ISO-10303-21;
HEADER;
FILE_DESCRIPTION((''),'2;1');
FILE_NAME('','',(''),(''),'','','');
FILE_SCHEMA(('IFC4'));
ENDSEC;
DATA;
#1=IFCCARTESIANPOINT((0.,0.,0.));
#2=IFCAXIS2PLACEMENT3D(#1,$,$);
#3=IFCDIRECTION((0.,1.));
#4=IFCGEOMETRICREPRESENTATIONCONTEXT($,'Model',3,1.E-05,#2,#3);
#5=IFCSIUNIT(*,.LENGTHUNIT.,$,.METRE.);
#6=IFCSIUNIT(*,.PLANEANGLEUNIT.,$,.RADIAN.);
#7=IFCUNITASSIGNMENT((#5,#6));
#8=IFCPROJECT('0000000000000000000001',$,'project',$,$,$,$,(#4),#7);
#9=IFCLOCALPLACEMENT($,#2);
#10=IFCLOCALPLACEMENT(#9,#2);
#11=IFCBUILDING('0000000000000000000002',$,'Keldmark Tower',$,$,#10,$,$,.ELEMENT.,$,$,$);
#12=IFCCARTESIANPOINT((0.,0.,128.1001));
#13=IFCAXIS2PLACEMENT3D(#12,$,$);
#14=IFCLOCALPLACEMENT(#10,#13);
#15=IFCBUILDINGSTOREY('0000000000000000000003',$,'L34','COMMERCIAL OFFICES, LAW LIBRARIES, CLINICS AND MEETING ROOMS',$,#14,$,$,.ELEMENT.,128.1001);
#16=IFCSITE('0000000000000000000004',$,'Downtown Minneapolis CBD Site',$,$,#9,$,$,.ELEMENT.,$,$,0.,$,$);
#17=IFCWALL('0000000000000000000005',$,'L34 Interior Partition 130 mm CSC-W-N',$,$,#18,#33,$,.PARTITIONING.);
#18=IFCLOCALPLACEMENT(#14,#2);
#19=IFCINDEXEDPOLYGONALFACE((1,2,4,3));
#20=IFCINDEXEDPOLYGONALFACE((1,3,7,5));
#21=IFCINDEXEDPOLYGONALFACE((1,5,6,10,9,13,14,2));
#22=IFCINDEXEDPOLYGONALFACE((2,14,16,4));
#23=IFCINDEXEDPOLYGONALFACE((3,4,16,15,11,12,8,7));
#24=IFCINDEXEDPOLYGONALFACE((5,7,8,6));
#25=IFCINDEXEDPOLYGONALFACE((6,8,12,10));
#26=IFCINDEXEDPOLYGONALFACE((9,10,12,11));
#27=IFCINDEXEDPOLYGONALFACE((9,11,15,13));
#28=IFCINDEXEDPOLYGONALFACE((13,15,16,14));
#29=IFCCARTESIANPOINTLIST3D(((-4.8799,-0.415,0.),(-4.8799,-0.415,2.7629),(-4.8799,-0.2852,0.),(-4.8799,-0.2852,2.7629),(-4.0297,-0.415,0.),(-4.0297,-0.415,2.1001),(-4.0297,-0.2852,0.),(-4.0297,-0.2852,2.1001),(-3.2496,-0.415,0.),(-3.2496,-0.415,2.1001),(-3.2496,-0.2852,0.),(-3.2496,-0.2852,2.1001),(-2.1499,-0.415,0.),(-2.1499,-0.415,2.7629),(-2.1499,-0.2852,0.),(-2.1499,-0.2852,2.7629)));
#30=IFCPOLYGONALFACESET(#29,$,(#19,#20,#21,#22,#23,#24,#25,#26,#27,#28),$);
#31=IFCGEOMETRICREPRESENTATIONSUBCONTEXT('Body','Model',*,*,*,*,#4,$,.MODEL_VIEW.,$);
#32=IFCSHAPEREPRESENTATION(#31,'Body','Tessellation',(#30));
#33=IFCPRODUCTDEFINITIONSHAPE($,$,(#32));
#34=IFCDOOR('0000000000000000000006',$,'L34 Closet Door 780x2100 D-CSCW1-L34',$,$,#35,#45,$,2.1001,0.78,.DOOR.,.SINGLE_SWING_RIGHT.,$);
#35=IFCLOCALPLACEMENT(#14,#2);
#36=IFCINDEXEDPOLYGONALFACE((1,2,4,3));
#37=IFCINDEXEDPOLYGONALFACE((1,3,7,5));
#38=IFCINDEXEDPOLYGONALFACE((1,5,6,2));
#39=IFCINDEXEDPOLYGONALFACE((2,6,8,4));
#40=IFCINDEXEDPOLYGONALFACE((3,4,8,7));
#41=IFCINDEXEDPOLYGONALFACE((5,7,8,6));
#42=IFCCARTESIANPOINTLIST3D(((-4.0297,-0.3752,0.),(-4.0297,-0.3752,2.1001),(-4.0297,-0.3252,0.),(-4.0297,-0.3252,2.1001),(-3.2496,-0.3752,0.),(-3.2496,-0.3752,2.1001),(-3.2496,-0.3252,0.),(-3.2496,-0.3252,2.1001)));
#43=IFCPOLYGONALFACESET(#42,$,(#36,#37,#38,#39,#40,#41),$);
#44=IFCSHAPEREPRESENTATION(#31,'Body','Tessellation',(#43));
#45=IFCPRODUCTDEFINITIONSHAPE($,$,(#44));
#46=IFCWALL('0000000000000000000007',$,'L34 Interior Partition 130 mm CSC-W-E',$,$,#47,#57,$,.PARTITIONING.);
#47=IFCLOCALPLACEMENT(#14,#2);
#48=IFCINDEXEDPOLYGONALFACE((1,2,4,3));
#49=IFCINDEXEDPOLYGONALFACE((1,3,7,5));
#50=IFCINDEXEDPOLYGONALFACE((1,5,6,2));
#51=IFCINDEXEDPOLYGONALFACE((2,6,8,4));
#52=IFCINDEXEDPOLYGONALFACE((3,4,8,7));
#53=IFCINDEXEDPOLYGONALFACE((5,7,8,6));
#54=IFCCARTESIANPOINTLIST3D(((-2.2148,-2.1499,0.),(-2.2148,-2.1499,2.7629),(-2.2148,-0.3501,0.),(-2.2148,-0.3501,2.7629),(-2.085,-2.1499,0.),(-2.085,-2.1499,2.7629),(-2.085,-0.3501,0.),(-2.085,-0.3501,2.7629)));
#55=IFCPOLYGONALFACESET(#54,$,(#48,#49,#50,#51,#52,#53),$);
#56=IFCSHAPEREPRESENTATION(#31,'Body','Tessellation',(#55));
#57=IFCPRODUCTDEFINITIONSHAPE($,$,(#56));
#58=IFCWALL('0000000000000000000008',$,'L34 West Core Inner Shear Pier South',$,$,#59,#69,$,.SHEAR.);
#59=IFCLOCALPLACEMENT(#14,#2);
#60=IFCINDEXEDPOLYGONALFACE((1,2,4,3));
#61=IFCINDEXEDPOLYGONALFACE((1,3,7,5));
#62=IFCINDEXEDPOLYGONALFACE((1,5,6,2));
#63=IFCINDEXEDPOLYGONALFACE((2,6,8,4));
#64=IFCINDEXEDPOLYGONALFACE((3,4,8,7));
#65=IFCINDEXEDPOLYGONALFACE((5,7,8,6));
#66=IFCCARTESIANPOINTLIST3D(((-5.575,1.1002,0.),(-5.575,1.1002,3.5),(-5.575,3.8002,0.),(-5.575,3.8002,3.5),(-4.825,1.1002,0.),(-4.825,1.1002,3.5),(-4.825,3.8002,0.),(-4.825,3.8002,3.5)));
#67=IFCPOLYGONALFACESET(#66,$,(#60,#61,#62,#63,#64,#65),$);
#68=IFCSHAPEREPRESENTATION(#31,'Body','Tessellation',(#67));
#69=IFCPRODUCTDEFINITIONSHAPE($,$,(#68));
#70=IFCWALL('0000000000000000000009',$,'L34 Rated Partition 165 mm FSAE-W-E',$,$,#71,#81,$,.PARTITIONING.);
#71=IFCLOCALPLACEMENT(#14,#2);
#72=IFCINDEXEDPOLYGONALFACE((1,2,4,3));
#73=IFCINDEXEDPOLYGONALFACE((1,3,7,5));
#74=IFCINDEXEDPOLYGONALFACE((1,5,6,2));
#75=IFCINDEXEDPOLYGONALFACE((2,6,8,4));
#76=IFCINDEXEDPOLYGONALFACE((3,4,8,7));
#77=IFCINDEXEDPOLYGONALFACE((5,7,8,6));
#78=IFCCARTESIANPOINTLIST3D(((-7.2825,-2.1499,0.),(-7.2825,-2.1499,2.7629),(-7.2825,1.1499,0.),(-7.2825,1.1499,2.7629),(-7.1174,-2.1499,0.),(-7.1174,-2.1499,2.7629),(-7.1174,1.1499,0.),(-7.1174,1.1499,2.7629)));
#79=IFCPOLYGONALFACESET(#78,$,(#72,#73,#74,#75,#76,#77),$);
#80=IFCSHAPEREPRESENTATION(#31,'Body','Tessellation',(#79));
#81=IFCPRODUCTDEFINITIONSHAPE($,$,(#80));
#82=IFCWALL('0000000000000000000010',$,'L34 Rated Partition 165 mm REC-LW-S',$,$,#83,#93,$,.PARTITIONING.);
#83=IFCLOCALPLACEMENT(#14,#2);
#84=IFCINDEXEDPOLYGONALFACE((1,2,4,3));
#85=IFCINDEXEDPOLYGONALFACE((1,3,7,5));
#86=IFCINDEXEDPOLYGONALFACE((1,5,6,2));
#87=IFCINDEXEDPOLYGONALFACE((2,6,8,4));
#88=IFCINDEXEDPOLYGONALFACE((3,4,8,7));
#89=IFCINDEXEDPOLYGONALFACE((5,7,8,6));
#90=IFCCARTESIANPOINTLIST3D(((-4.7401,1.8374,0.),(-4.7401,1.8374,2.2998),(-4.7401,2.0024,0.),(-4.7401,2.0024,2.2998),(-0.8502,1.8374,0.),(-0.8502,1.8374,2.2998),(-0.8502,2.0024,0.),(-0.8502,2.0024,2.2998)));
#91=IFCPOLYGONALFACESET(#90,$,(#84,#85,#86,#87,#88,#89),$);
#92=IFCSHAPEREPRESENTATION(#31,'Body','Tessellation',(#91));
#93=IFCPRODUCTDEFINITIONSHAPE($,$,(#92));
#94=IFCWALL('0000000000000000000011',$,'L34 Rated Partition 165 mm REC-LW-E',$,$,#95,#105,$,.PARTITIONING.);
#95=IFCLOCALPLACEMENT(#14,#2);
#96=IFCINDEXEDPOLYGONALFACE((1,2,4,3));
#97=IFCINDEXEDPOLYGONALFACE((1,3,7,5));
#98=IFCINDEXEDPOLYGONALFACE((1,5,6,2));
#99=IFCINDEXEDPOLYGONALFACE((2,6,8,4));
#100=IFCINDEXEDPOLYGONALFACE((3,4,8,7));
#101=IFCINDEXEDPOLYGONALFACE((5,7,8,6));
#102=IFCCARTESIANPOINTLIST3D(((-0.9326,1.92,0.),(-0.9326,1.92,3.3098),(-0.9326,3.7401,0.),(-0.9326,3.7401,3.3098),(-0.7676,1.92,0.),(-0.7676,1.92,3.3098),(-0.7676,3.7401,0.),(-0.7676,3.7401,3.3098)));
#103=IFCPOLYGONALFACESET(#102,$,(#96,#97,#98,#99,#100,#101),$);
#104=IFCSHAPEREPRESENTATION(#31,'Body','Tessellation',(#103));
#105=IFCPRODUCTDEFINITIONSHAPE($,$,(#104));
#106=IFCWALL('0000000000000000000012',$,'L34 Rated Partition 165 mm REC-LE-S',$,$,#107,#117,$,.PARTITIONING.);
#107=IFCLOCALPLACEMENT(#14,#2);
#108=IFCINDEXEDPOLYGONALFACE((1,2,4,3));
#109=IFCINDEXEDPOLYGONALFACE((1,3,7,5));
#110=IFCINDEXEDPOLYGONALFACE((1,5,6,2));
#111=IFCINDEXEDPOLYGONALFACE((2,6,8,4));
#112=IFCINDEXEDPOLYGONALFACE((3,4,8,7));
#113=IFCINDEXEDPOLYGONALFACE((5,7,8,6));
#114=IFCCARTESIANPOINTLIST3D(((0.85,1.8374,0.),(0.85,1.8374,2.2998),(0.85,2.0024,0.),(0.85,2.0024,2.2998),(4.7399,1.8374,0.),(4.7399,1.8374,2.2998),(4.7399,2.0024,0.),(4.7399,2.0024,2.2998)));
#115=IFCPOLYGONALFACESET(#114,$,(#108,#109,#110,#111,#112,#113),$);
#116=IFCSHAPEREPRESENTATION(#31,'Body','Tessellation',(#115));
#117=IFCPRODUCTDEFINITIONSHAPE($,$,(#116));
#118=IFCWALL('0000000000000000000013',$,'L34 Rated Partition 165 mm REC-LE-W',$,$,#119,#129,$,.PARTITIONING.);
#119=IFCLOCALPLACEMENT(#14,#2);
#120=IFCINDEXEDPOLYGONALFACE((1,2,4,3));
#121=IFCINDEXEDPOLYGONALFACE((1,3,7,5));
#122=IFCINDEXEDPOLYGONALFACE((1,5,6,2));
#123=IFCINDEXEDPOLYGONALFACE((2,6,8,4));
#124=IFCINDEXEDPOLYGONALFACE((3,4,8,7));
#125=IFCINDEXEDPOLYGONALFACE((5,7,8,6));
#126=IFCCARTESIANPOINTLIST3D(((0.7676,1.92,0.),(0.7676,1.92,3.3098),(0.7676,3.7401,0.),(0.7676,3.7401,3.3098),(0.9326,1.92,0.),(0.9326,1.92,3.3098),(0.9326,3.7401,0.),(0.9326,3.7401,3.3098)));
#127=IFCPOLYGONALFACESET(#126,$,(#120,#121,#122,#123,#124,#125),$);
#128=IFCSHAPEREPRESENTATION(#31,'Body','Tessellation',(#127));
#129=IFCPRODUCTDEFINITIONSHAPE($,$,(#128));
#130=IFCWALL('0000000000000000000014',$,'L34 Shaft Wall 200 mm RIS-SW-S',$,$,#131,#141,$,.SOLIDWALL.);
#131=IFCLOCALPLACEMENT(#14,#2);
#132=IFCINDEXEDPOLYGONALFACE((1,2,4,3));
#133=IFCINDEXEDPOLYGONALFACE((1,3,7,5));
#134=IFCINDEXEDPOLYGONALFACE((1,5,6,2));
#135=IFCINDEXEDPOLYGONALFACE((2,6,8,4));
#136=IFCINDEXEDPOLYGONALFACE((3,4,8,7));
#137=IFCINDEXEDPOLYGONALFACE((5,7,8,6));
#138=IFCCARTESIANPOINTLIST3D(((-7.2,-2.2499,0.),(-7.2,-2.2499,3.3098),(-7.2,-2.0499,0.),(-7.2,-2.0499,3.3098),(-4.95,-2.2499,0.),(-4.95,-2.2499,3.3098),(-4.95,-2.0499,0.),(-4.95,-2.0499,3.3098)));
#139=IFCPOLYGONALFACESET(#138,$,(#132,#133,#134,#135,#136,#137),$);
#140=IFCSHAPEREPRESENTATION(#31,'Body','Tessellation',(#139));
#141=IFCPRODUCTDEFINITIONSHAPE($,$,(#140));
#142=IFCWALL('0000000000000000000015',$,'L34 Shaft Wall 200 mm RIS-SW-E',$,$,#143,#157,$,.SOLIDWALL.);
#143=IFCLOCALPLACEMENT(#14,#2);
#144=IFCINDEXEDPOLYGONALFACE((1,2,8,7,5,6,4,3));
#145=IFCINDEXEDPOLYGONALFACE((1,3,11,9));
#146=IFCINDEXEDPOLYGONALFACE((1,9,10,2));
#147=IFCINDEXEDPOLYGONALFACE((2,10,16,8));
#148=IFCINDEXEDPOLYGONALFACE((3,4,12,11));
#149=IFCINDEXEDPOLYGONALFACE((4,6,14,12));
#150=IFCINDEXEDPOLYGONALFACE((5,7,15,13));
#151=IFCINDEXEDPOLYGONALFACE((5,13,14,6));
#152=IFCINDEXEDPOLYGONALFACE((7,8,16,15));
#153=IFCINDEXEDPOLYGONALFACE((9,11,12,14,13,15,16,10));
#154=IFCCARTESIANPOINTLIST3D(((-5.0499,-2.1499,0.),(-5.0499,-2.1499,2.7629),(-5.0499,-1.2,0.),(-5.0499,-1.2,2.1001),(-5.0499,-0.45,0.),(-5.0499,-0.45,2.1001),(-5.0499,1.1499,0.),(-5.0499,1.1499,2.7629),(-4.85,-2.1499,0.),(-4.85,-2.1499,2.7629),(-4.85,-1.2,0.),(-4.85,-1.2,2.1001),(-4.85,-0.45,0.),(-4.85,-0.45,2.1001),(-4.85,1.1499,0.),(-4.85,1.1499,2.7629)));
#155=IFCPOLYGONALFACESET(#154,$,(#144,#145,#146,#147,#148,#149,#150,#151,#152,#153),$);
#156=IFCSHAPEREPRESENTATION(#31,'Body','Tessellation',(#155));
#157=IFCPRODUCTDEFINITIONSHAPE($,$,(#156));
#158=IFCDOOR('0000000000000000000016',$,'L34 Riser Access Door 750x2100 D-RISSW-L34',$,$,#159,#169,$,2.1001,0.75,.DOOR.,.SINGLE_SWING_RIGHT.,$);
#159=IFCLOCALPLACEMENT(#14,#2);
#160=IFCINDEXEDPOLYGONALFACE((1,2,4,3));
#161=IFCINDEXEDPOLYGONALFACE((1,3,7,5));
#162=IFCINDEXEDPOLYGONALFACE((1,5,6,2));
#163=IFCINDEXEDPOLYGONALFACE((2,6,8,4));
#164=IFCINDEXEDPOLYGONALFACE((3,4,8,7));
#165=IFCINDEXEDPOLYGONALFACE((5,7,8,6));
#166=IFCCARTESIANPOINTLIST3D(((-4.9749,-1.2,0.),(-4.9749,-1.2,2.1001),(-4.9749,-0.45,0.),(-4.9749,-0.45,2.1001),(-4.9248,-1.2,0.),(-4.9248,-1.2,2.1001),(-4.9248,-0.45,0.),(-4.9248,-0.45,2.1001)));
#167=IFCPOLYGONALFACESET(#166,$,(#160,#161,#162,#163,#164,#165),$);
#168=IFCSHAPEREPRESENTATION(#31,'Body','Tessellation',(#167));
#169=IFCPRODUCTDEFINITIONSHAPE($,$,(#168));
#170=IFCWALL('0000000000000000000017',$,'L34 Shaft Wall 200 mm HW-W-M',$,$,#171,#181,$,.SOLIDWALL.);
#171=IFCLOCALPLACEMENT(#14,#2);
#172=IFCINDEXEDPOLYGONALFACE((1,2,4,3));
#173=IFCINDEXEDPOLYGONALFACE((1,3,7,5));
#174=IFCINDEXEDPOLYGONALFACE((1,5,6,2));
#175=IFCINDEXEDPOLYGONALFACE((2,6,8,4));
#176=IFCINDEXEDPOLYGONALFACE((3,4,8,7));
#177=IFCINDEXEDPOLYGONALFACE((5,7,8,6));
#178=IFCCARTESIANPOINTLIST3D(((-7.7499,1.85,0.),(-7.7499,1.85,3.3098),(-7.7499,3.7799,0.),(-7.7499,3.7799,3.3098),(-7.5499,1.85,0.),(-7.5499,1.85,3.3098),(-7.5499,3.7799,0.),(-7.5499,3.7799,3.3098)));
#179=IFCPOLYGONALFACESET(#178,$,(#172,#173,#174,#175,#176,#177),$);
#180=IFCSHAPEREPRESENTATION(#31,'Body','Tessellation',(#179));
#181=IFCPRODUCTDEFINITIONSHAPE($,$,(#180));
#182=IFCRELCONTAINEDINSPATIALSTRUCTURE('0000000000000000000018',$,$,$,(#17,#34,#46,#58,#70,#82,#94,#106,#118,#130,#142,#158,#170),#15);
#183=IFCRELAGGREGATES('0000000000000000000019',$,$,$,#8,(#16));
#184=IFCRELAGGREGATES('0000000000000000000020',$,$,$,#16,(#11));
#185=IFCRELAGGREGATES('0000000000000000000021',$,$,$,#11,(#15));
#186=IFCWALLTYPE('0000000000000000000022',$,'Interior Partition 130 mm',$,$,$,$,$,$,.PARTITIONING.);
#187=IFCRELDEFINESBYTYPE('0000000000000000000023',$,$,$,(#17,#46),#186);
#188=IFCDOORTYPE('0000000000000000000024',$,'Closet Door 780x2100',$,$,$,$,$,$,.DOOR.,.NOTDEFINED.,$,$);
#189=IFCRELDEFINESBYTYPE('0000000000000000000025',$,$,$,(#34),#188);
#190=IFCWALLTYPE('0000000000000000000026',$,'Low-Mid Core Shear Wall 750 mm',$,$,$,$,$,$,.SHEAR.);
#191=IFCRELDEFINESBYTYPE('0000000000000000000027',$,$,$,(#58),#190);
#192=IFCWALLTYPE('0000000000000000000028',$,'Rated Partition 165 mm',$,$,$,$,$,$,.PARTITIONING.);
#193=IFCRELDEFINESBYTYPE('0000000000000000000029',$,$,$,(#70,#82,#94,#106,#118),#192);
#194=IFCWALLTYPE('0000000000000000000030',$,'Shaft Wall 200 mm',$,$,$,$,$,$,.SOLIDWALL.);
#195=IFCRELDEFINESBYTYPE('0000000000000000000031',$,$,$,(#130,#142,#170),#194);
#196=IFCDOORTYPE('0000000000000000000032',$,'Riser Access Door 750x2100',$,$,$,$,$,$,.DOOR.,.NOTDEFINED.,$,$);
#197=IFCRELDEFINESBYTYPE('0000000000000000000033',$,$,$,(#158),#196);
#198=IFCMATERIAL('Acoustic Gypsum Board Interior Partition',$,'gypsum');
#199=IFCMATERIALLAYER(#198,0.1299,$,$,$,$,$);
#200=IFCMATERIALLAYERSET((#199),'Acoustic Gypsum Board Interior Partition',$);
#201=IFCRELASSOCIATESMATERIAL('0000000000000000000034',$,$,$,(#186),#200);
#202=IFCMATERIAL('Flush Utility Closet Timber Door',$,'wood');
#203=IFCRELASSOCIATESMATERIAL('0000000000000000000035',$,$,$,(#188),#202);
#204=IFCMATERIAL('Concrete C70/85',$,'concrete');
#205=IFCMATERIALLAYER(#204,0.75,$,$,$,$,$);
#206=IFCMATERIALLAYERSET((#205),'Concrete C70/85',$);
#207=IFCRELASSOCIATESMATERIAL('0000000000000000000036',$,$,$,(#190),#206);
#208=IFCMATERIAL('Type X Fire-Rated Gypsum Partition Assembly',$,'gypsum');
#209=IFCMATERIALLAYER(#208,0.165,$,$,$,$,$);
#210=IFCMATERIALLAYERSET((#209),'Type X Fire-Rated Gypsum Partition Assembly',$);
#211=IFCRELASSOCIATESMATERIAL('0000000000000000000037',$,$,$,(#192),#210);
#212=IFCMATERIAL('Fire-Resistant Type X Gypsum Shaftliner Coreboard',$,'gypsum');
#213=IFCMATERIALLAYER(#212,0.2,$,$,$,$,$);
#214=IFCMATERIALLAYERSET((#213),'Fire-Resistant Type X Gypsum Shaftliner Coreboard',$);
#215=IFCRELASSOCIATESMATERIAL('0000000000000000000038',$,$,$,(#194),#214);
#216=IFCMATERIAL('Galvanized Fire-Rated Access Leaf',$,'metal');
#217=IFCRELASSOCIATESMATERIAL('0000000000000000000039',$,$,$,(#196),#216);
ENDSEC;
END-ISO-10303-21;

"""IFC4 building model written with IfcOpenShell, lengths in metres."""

from ifc_helpers import new_model, si_unit, direction, frame, frame_2d, origin, place, context, subcontext, project, spatial, rectangle, extrude, material, layer, layer_set, type_object, element, fill, save


model = new_model("IFC4")

# Units and contexts
model_context = context("Model", 3, precision=1e-05, world=origin(), true_north=direction((0.0, 1.0)))
body_context = subcontext(model_context, "Body", "Model", "MODEL_VIEW")
ifc_project = project(units=[si_unit("LENGTHUNIT", "METRE"), si_unit("PLANEANGLEUNIT", "RADIAN")], contexts=[model_context])

# Site, building, storey
site_placement = place(None, origin())
site = spatial("IfcSite", under=ifc_project, at=site_placement, Name="Downtown Minneapolis CBD Site", CompositionType="ELEMENT", RefElevation=0.0)
building_placement = place(site_placement, origin())
building = spatial("IfcBuilding", under=site, at=building_placement, Name="Keldmark Tower", CompositionType="ELEMENT")
storey_placement = place(building_placement, frame((0.0, 0.0, 128.1001)))
storey = spatial("IfcBuildingStorey", under=building, at=storey_placement, Name="L34", Description="COMMERCIAL OFFICES, LAW LIBRARIES, CLINICS AND MEETING ROOMS", CompositionType="ELEMENT", Elevation=128.1001)

# Wall, opening, door
ifc_material_1 = material(Name="Acoustic Gypsum Board Interior Partition", Category="gypsum")
ifc_layer_1 = layer(ifc_material_1, 0.1299)
ifc_layer_set_1 = layer_set([ifc_layer_1], Name="Acoustic Gypsum Board Interior Partition")
wall_type_1 = type_object("IfcWallType", Name="Interior Partition 130 mm", PredefinedType="PARTITIONING", material=ifc_layer_set_1)
wall_1_placement = place(storey_placement, frame((-4.8799, -0.3501, 0.0), z_axis=(0.0, 0.0, 1.0), x_axis=(1.0, 0.0, 0.0)))
wall_1 = element("IfcWall", 1, at=wall_1_placement, inside=storey, type_object=wall_type_1, Name="L34 Interior Partition 130 mm CSC-W-N", PredefinedType="PARTITIONING", context=body_context, shape_type="SweptSolid", body=[
    extrude(rectangle(XDim=2.73, YDim=0.1299, at=frame_2d((1.365, 0.0))), origin(), (0.0, 0.0, 1.0), 2.7629),
])
opening_1_placement = place(wall_1_placement, frame((0.8501, 0.0, 0.0)))
opening_1 = element("IfcOpeningElement", 2, at=opening_1_placement, cuts=wall_1, PredefinedType="OPENING", context=body_context, shape_type="SweptSolid", body=[
    extrude(rectangle(XDim=0.78, YDim=2.1001, at=frame_2d((0.3901, 1.05))), frame((0.0, 0.075, 0.0), z_axis=(0.0, -1.0, 0.0), x_axis=(1.0, 0.0, 0.0)), (0.0, 0.0, 1.0), 0.1499),
])
ifc_material_2 = material(Name="Flush Utility Closet Timber Door", Category="wood")
door_type_1 = type_object("IfcDoorType", Name="Closet Door 780x2100", OperationType="NOTDEFINED", PredefinedType="DOOR", material=ifc_material_2)
door_1_placement = place(opening_1_placement, origin())
door_1 = element("IfcDoor", 3, at=door_1_placement, inside=storey, type_object=door_type_1, Name="L34 Closet Door 780x2100 D-CSCW1-L34", OperationType="SINGLE_SWING_RIGHT", OverallHeight=2.1001, OverallWidth=0.78, PredefinedType="DOOR", context=body_context, shape_type="SweptSolid", body=[
    extrude(rectangle(XDim=0.78, YDim=2.1001, at=frame_2d((0.3901, 1.05))), frame((0.0, 0.0249, 0.0), z_axis=(0.0, -1.0, 0.0), x_axis=(1.0, 0.0, 0.0)), (0.0, 0.0, 1.0), 0.05),
])
fill(opening_1, door_1)

# Wall
wall_2_placement = place(storey_placement, frame((-2.1499, -2.1499, 0.0), z_axis=(0.0, 0.0, 1.0), x_axis=(0.0, 1.0, 0.0)))
element("IfcWall", 4, at=wall_2_placement, inside=storey, type_object=wall_type_1, Name="L34 Interior Partition 130 mm CSC-W-E", PredefinedType="PARTITIONING", context=body_context, shape_type="SweptSolid", body=[
    extrude(rectangle(XDim=1.7998, YDim=0.1299, at=frame_2d((0.8999, 0.0))), origin(), (0.0, 0.0, 1.0), 2.7629),
])

# Shared definitions
ifc_material_3 = material(Name="Concrete C70/85", Category="concrete")
ifc_layer_2 = layer(ifc_material_3, 0.75)
ifc_layer_set_2 = layer_set([ifc_layer_2], Name="Concrete C70/85")
wall_type_2 = type_object("IfcWallType", Name="Low-Mid Core Shear Wall 750 mm", PredefinedType="SHEAR", material=ifc_layer_set_2)

# Walls
wall_3_placement = place(storey_placement, frame((-5.2, 1.1001, 0.0), z_axis=(0.0, 0.0, 1.0), x_axis=(0.0, 1.0, 0.0)))
element("IfcWall", 5, at=wall_3_placement, inside=storey, type_object=wall_type_2, Name="L34 West Core Inner Shear Pier South", PredefinedType="SHEAR", context=body_context, shape_type="SweptSolid", body=[
    extrude(rectangle(XDim=2.7, YDim=0.75, at=frame_2d((1.3501, 0.0))), origin(), (0.0, 0.0, 1.0), 3.5),
])
ifc_material_4 = material(Name="Type X Fire-Rated Gypsum Partition Assembly", Category="gypsum")
ifc_layer_3 = layer(ifc_material_4, 0.165)
ifc_layer_set_3 = layer_set([ifc_layer_3], Name="Type X Fire-Rated Gypsum Partition Assembly")
wall_type_3 = type_object("IfcWallType", Name="Rated Partition 165 mm", PredefinedType="PARTITIONING", material=ifc_layer_set_3)
wall_4_placement = place(storey_placement, frame((-7.2, -2.1499, 0.0), z_axis=(0.0, 0.0, 1.0), x_axis=(0.0, 1.0, 0.0)))
element("IfcWall", 6, at=wall_4_placement, inside=storey, type_object=wall_type_3, Name="L34 Rated Partition 165 mm FSAE-W-E", PredefinedType="PARTITIONING", context=body_context, shape_type="SweptSolid", body=[
    extrude(rectangle(XDim=3.2998, YDim=0.165, at=frame_2d((1.6499, 0.0))), origin(), (0.0, 0.0, 1.0), 2.7629),
])
wall_5_placement = place(storey_placement, frame((-4.74, 1.9199, 0.0), z_axis=(0.0, 0.0, 1.0), x_axis=(1.0, 0.0, 0.0)))
element("IfcWall", 7, at=wall_5_placement, inside=storey, type_object=wall_type_3, Name="L34 Rated Partition 165 mm REC-LW-S", PredefinedType="PARTITIONING", context=body_context, shape_type="SweptSolid", body=[
    extrude(rectangle(XDim=3.8899, YDim=0.165, at=frame_2d((1.9448, 0.0))), origin(), (0.0, 0.0, 1.0), 2.2998),
])
wall_6_placement = place(storey_placement, frame((-0.8501, 1.9199, 0.0), z_axis=(0.0, 0.0, 1.0), x_axis=(0.0, 1.0, 0.0)))
element("IfcWall", 8, at=wall_6_placement, inside=storey, type_object=wall_type_3, Name="L34 Rated Partition 165 mm REC-LW-E", PredefinedType="PARTITIONING", context=body_context, shape_type="SweptSolid", body=[
    extrude(rectangle(XDim=1.8201, YDim=0.165, at=frame_2d((0.9102, 0.0))), origin(), (0.0, 0.0, 1.0), 3.3098),
])
wall_7_placement = place(storey_placement, frame((0.8501, 1.9199, 0.0), z_axis=(0.0, 0.0, 1.0), x_axis=(1.0, 0.0, 0.0)))
element("IfcWall", 9, at=wall_7_placement, inside=storey, type_object=wall_type_3, Name="L34 Rated Partition 165 mm REC-LE-S", PredefinedType="PARTITIONING", context=body_context, shape_type="SweptSolid", body=[
    extrude(rectangle(XDim=3.8899, YDim=0.165, at=frame_2d((1.9448, 0.0))), origin(), (0.0, 0.0, 1.0), 2.2998),
])
wall_8_placement = place(storey_placement, frame((0.8501, 1.9199, 0.0), z_axis=(0.0, 0.0, 1.0), x_axis=(0.0, 1.0, 0.0)))
element("IfcWall", 10, at=wall_8_placement, inside=storey, type_object=wall_type_3, Name="L34 Rated Partition 165 mm REC-LE-W", PredefinedType="PARTITIONING", context=body_context, shape_type="SweptSolid", body=[
    extrude(rectangle(XDim=1.8201, YDim=0.165, at=frame_2d((0.9102, 0.0))), origin(), (0.0, 0.0, 1.0), 3.3098),
])
ifc_material_5 = material(Name="Fire-Resistant Type X Gypsum Shaftliner Coreboard", Category="gypsum")
ifc_layer_4 = layer(ifc_material_5, 0.2)
ifc_layer_set_4 = layer_set([ifc_layer_4], Name="Fire-Resistant Type X Gypsum Shaftliner Coreboard")
wall_type_4 = type_object("IfcWallType", Name="Shaft Wall 200 mm", PredefinedType="SOLIDWALL", material=ifc_layer_set_4)
wall_9_placement = place(storey_placement, frame((-7.2, -2.1499, 0.0), z_axis=(0.0, 0.0, 1.0), x_axis=(1.0, 0.0, 0.0)))
element("IfcWall", 11, at=wall_9_placement, inside=storey, type_object=wall_type_4, Name="L34 Shaft Wall 200 mm RIS-SW-S", PredefinedType="SOLIDWALL", context=body_context, shape_type="SweptSolid", body=[
    extrude(rectangle(XDim=2.25, YDim=0.2, at=frame_2d((1.125, 0.0))), origin(), (0.0, 0.0, 1.0), 3.3098),
])

# Wall, opening, door
wall_10_placement = place(storey_placement, frame((-4.95, -2.1499, 0.0), z_axis=(0.0, 0.0, 1.0), x_axis=(0.0, 1.0, 0.0)))
wall_10 = element("IfcWall", 12, at=wall_10_placement, inside=storey, type_object=wall_type_4, Name="L34 Shaft Wall 200 mm RIS-SW-E", PredefinedType="SOLIDWALL", context=body_context, shape_type="SweptSolid", body=[
    extrude(rectangle(XDim=3.2998, YDim=0.2, at=frame_2d((1.6499, 0.0))), origin(), (0.0, 0.0, 1.0), 2.7629),
])
opening_2_placement = place(wall_10_placement, frame((0.95, 0.0, 0.0)))
opening_2 = element("IfcOpeningElement", 13, at=opening_2_placement, cuts=wall_10, PredefinedType="OPENING", context=body_context, shape_type="SweptSolid", body=[
    extrude(rectangle(XDim=0.75, YDim=2.1001, at=frame_2d((0.375, 1.05))), frame((0.0, 0.1099, 0.0), z_axis=(0.0, -1.0, 0.0), x_axis=(1.0, 0.0, 0.0)), (0.0, 0.0, 1.0), 0.22),
])
ifc_material_6 = material(Name="Galvanized Fire-Rated Access Leaf", Category="metal")
door_type_2 = type_object("IfcDoorType", Name="Riser Access Door 750x2100", OperationType="NOTDEFINED", PredefinedType="DOOR", material=ifc_material_6)
door_2_placement = place(opening_2_placement, origin())
door_2 = element("IfcDoor", 14, at=door_2_placement, inside=storey, type_object=door_type_2, Name="L34 Riser Access Door 750x2100 D-RISSW-L34", OperationType="SINGLE_SWING_RIGHT", OverallHeight=2.1001, OverallWidth=0.75, PredefinedType="DOOR", context=body_context, shape_type="SweptSolid", body=[
    extrude(rectangle(XDim=0.75, YDim=2.1001, at=frame_2d((0.375, 1.05))), frame((0.0, 0.0249, 0.0), z_axis=(0.0, -1.0, 0.0), x_axis=(1.0, 0.0, 0.0)), (0.0, 0.0, 1.0), 0.05),
])
fill(opening_2, door_2)

# Wall
wall_11_placement = place(storey_placement, frame((-7.6499, 1.8501, 0.0), z_axis=(0.0, 0.0, 1.0), x_axis=(0.0, 1.0, 0.0)))
element("IfcWall", 15, at=wall_11_placement, inside=storey, type_object=wall_type_4, Name="L34 Shaft Wall 200 mm HW-W-M", PredefinedType="SOLIDWALL", context=body_context, shape_type="SweptSolid", body=[
    extrude(rectangle(XDim=1.9299, YDim=0.2, at=frame_2d((0.9648, 0.0))), origin(), (0.0, 0.0, 1.0), 3.3098),
])

save(model, "model.ifc")
